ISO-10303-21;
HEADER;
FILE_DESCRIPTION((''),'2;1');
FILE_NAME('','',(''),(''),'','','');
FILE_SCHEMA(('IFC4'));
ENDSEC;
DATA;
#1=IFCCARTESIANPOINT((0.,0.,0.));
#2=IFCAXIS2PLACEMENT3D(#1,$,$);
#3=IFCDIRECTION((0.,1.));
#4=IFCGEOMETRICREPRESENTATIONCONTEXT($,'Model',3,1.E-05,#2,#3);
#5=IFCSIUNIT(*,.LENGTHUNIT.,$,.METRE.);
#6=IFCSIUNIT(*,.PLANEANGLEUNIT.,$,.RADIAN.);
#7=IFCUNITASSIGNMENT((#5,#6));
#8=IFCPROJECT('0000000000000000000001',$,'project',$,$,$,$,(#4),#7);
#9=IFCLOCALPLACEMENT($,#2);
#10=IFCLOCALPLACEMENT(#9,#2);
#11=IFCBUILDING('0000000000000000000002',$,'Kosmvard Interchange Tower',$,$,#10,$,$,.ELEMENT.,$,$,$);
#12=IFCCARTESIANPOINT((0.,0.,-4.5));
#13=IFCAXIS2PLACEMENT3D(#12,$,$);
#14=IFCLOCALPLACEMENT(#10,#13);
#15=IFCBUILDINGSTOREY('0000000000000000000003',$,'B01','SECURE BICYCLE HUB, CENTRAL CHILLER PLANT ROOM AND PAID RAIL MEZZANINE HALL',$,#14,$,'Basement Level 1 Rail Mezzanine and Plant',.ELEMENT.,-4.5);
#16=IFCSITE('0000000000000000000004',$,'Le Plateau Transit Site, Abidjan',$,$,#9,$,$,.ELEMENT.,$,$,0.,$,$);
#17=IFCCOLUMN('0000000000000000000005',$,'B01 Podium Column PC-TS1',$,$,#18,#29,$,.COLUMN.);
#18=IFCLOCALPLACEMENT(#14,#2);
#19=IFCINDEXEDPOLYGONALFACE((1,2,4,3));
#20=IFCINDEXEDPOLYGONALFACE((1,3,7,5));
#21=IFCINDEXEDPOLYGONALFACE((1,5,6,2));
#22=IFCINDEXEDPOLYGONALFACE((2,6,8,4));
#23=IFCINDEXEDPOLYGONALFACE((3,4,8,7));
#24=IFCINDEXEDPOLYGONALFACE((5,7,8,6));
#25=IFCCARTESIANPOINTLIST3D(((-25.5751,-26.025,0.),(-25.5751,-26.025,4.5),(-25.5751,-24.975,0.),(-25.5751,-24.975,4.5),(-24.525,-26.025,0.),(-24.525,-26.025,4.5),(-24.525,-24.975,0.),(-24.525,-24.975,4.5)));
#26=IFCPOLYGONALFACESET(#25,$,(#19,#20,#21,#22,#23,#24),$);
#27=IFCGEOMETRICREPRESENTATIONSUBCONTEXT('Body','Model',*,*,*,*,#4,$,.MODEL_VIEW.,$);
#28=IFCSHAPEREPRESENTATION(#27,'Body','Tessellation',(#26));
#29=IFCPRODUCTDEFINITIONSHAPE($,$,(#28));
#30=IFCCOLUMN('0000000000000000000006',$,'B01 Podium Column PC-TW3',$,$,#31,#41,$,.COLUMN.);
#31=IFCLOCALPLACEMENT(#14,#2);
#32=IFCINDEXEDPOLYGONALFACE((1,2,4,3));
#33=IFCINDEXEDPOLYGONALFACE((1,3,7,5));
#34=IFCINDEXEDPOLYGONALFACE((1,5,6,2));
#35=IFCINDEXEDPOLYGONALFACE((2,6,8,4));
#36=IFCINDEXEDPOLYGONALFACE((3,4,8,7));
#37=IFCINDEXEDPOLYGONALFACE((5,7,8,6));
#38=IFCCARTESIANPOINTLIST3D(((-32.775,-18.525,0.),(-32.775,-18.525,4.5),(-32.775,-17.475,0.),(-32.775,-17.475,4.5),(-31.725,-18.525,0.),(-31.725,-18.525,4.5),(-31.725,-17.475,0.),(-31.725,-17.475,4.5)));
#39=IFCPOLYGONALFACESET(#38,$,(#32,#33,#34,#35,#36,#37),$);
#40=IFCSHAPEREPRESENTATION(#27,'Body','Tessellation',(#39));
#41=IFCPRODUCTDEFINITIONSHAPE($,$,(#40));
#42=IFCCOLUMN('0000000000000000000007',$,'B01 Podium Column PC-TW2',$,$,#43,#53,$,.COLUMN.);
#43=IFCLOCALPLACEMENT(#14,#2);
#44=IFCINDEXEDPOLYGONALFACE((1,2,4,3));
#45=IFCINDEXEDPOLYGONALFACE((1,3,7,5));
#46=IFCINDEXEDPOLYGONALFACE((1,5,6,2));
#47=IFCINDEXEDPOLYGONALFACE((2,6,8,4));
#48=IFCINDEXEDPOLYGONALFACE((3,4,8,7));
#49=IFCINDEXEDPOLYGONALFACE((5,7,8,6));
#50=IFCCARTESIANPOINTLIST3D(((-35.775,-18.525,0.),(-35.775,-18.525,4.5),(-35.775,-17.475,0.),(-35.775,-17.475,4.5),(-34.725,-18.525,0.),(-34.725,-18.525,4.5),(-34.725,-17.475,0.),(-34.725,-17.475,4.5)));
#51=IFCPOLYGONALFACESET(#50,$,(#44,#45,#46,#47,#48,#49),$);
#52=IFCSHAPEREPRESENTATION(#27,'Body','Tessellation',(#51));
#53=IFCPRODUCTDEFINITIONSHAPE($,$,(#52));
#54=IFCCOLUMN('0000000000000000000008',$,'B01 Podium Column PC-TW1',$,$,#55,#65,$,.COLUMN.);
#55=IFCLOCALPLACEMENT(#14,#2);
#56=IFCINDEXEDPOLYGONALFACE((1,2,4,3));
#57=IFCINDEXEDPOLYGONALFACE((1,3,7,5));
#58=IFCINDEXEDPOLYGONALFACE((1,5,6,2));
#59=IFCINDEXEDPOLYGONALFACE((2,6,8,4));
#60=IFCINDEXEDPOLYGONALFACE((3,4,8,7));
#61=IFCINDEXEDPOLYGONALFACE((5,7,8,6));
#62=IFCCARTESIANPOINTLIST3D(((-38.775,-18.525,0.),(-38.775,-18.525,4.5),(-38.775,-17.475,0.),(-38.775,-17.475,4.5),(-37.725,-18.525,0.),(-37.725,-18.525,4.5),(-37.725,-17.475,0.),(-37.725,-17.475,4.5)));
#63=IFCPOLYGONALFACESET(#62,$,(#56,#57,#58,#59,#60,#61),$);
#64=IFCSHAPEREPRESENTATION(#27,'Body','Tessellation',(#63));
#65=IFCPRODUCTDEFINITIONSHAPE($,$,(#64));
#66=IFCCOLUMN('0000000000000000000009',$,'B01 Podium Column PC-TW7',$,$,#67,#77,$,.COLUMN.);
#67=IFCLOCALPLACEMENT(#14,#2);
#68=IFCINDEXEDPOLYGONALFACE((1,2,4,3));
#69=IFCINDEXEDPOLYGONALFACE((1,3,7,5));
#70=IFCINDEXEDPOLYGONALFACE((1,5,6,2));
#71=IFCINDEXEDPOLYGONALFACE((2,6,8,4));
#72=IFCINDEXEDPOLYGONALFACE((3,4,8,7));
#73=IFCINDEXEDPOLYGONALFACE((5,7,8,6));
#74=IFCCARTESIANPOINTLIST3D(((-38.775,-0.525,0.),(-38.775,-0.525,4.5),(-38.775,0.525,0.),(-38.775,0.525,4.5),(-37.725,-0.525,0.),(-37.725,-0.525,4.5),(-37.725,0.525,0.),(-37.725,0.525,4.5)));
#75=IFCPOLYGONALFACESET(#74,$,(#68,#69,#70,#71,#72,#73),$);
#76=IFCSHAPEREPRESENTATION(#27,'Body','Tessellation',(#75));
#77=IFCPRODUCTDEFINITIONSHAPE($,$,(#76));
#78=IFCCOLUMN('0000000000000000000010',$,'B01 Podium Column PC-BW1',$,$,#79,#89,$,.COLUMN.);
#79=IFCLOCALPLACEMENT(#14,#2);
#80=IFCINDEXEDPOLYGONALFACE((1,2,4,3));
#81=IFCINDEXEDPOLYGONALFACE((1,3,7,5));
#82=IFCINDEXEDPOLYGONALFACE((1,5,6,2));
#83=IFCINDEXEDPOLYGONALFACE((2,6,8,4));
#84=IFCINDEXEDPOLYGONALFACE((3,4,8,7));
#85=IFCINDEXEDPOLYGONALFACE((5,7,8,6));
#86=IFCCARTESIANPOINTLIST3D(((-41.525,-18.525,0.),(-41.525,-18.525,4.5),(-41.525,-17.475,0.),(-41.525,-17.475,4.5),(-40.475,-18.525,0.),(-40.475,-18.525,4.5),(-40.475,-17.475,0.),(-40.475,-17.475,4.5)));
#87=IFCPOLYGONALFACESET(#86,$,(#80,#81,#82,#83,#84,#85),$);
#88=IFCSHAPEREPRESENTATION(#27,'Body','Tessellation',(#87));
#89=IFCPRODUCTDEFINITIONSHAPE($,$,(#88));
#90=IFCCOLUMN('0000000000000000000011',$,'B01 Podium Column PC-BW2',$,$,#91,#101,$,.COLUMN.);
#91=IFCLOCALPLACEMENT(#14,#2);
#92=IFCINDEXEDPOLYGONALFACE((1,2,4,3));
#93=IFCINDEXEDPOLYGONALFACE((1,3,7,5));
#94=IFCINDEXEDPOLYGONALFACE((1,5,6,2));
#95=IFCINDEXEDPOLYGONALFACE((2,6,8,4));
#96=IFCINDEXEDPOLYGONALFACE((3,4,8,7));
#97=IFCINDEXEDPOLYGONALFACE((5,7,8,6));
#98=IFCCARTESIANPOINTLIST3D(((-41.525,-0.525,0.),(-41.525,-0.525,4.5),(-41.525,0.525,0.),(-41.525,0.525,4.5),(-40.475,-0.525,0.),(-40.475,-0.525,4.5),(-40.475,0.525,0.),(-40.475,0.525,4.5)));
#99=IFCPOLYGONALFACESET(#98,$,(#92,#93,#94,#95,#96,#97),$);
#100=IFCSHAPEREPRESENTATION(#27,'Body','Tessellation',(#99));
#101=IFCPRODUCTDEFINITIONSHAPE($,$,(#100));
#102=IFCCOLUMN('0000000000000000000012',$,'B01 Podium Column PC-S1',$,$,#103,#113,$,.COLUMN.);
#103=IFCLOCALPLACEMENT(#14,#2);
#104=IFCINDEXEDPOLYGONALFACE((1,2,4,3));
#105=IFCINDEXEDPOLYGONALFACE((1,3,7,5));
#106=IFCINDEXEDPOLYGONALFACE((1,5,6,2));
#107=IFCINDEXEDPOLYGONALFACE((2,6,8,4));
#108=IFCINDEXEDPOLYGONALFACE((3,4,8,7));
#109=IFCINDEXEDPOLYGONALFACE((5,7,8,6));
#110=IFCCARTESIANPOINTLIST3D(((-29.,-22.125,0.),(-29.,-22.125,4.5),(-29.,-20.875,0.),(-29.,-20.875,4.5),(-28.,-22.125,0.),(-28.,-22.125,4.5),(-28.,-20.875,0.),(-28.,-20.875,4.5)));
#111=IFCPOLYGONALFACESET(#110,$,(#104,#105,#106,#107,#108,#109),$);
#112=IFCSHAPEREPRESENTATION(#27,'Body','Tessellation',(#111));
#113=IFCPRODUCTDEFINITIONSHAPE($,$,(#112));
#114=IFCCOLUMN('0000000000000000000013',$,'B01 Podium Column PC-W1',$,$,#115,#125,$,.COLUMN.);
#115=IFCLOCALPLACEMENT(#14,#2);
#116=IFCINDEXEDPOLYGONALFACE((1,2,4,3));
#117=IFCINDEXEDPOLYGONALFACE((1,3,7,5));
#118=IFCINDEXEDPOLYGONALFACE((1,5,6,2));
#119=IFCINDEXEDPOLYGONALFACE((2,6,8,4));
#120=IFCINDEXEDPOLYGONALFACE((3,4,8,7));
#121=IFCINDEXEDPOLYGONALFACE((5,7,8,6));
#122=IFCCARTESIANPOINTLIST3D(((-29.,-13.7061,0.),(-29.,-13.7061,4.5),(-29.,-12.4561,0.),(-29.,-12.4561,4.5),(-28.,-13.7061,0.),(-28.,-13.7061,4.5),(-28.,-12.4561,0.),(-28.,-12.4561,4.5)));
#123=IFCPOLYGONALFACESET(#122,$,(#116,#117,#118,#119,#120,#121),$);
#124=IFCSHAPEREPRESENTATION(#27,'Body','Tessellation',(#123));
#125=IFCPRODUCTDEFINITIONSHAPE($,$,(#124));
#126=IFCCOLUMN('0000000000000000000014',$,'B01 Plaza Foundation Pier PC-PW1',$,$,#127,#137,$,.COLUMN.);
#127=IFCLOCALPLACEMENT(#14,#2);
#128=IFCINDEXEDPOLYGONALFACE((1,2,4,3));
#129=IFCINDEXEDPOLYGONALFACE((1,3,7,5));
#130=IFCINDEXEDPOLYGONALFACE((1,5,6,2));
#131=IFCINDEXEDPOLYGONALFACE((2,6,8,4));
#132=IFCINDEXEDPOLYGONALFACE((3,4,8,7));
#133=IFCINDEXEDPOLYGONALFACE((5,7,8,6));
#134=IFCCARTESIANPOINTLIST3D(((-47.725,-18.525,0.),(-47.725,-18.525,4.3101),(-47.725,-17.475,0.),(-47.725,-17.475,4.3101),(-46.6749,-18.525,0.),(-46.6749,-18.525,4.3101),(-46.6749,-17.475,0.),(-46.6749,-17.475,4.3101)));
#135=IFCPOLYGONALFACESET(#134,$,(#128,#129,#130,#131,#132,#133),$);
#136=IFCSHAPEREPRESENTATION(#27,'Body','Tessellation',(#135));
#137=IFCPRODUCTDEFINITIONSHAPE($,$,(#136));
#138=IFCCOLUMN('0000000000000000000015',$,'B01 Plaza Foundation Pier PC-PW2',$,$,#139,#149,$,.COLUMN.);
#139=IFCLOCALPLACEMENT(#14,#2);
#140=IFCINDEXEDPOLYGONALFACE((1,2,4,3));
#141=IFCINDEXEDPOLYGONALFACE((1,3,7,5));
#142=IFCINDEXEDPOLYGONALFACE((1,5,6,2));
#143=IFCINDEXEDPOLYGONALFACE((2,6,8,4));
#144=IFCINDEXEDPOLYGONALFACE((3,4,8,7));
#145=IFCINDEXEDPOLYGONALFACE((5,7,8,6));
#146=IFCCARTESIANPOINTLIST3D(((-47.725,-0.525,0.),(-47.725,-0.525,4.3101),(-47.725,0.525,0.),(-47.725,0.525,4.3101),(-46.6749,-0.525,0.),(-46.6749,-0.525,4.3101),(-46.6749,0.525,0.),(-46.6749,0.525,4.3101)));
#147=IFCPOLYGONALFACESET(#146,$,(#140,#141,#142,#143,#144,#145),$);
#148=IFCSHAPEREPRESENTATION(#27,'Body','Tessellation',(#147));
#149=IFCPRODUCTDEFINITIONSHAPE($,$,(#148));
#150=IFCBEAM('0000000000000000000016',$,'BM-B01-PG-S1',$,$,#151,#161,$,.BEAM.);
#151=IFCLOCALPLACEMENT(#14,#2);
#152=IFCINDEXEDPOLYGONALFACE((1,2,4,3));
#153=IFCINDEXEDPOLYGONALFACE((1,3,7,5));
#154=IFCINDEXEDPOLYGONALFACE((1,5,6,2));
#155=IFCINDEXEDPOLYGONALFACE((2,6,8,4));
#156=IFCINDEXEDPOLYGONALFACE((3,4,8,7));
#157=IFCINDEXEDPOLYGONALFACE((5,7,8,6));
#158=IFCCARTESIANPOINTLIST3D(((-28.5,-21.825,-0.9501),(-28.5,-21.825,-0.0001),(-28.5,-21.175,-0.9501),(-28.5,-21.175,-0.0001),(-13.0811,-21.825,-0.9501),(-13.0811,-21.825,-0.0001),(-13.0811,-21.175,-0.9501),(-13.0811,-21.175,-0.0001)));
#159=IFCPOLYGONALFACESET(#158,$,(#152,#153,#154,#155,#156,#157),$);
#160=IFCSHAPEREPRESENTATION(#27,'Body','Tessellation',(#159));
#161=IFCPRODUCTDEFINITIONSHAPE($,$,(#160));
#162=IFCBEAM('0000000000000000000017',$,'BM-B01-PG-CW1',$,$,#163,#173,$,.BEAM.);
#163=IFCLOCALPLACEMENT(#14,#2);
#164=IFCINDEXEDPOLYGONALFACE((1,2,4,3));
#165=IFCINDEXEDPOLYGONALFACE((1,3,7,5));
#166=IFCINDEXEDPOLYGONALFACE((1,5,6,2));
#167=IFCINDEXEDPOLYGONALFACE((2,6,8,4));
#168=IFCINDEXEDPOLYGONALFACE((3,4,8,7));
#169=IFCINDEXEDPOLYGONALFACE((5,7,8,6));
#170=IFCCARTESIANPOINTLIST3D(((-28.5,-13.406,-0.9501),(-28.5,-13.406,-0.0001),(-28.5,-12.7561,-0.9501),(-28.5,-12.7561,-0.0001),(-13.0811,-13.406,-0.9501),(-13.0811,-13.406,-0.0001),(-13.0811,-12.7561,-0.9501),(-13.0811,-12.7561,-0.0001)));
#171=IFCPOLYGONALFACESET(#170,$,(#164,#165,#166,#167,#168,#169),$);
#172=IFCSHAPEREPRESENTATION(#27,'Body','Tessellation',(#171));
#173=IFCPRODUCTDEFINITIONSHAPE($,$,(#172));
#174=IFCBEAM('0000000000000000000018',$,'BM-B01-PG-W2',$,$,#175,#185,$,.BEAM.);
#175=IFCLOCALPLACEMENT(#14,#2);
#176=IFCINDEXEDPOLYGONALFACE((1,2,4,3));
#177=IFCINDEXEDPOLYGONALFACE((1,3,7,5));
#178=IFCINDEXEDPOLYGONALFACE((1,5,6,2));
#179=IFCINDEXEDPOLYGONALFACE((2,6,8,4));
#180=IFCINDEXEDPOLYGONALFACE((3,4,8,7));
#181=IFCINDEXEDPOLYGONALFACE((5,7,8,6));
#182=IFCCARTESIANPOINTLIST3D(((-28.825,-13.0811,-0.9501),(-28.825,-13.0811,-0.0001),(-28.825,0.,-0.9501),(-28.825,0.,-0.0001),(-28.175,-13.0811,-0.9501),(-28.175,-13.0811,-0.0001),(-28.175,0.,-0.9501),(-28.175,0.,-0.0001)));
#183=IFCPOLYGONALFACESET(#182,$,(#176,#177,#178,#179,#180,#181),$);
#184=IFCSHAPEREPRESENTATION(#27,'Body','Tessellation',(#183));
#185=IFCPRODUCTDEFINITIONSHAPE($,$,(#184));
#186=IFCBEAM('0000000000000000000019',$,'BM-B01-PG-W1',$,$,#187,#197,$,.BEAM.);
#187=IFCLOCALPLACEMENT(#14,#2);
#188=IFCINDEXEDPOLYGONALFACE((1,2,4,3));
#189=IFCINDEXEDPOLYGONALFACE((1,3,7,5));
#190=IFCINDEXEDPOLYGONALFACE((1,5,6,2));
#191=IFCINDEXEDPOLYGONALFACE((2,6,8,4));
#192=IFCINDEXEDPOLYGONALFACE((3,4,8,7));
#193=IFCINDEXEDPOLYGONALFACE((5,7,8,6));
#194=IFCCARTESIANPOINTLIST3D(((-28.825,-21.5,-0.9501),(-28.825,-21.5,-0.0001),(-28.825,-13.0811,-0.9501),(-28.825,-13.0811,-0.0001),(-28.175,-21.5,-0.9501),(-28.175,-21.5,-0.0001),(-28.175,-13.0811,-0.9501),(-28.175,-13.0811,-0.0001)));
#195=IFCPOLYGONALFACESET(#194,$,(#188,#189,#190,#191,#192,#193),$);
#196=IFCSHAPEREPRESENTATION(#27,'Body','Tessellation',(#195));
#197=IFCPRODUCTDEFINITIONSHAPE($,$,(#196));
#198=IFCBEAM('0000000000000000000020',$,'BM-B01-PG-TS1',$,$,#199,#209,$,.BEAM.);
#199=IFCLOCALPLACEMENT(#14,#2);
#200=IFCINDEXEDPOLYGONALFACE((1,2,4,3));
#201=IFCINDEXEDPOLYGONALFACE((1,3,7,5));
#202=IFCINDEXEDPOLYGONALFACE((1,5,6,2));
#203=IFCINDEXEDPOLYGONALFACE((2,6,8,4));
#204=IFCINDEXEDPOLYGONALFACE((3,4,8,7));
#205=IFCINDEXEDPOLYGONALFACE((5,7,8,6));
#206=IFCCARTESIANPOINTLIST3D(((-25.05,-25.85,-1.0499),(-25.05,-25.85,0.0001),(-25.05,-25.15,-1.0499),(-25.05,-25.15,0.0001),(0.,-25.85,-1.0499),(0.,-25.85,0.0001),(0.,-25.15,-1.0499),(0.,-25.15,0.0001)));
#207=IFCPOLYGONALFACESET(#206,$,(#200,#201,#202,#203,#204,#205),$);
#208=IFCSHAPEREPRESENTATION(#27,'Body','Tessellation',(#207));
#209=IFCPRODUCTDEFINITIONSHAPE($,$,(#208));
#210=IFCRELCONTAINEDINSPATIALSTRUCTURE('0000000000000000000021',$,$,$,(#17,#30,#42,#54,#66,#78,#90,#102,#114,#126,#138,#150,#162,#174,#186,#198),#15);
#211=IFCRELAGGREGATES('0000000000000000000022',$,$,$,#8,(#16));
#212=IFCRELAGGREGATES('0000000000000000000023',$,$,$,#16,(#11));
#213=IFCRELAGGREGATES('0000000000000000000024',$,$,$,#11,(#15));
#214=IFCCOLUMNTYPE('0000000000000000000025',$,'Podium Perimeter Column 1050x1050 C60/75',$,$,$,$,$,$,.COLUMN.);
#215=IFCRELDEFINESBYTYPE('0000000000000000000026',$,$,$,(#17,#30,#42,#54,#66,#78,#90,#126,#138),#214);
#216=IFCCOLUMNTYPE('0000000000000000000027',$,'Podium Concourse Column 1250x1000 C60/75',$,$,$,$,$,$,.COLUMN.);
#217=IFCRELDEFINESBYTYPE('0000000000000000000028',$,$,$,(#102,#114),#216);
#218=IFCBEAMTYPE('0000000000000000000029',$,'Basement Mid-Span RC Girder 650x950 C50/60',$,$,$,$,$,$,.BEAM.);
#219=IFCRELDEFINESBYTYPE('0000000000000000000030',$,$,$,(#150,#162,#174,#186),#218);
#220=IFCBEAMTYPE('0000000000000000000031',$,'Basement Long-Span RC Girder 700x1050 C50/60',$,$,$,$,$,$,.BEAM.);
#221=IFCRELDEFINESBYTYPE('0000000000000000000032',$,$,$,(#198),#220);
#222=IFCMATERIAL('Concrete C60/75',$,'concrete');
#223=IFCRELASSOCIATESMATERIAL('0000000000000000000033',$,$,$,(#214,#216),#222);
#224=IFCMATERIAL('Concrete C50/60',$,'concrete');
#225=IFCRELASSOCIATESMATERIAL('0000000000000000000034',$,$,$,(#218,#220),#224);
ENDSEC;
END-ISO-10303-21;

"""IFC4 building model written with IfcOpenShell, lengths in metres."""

from ifc_helpers import new_model, si_unit, direction, frame, origin, origin_2d, place, context, subcontext, project, spatial, rectangle, extrude, source, transform, mapped, material, material_profile, profile_set, type_object, element, save


model = new_model("IFC4")

# Units and contexts
model_context = context("Model", 3, precision=1e-05, world=origin(), true_north=direction((0.0, 1.0)))
body_context = subcontext(model_context, "Body", "Model", "MODEL_VIEW")
ifc_project = project(units=[si_unit("LENGTHUNIT", "METRE"), si_unit("PLANEANGLEUNIT", "RADIAN")], contexts=[model_context])

# Site, building, storey
site_placement = place(None, origin())
site = spatial("IfcSite", under=ifc_project, at=site_placement, Name="Le Plateau Transit Site, Abidjan", CompositionType="ELEMENT", RefElevation=0.0)
building_placement = place(site_placement, origin())
building = spatial("IfcBuilding", under=site, at=building_placement, Name="Kosmvard Interchange Tower", CompositionType="ELEMENT")
storey_placement = place(building_placement, frame((0.0, 0.0, -4.5)))
storey = spatial("IfcBuildingStorey", under=building, at=storey_placement, Name="B01", Description="SECURE BICYCLE HUB, CENTRAL CHILLER PLANT ROOM AND PAID RAIL MEZZANINE HALL", LongName="Basement Level 1 Rail Mezzanine and Plant", CompositionType="ELEMENT", Elevation=-4.5)

# Columns
ifc_material_1 = material(Name="Concrete C60/75", Category="concrete")
ifc_material_profile_1 = material_profile(ifc_material_1, rectangle(XDim=1.05, YDim=1.05, at=origin_2d()), Name="PC 1050x1050")
ifc_profile_set_1 = profile_set([ifc_material_profile_1], Name="Concrete C60/75")
column_type_1 = type_object("IfcColumnType", Name="Podium Perimeter Column 1050x1050 C60/75", PredefinedType="COLUMN", material=ifc_profile_set_1)
shared_shape_1 = source(origin(), body_context, "Body", "SweptSolid", [
    extrude(rectangle(XDim=1.05, YDim=1.05, at=origin_2d()), origin(), (0.0, 0.0, 1.0), 4.5),
])
for number, where, z_axis, x_axis, name in (
    (1, (-25.05, -25.5, 0.0), (0.0, 0.0, 1.0), (1.0, 0.0, 0.0), "B01 Podium Column PC-TS1"),
    (2, (-32.25, -18.0, 0.0), (0.0, 0.0, 1.0), (1.0, 0.0, 0.0), "B01 Podium Column PC-TW3"),
    (3, (-35.25, -18.0, 0.0), (0.0, 0.0, 1.0), (1.0, 0.0, 0.0), "B01 Podium Column PC-TW2"),
    (4, (-38.25, -18.0, 0.0), (0.0, 0.0, 1.0), (1.0, 0.0, 0.0), "B01 Podium Column PC-TW1"),
    (5, (-38.25, 0.0, 0.0), (0.0, 0.0, 1.0), (1.0, 0.0, 0.0), "B01 Podium Column PC-TW7"),
    (6, (-41.0, -18.0, 0.0), (0.0, 0.0, 1.0), (1.0, 0.0, 0.0), "B01 Podium Column PC-BW1"),
    (7, (-41.0, 0.0, 0.0), (0.0, 0.0, 1.0), (1.0, 0.0, 0.0), "B01 Podium Column PC-BW2"),
):
    element("IfcColumn", number, at=place(storey_placement, frame(where, z_axis=z_axis, x_axis=x_axis)), inside=storey, type_object=column_type_1, Name=name, PredefinedType="COLUMN", context=body_context, shape_type="MappedRepresentation", body=[
        mapped(shared_shape_1, transform((0.0, 0.0, 0.0), scale=1.0)),
    ])
ifc_material_profile_2 = material_profile(ifc_material_1, rectangle(XDim=1.0, YDim=1.25, at=origin_2d()), Name="PC 1250x1000")
ifc_profile_set_2 = profile_set([ifc_material_profile_2], Name="Concrete C60/75")
column_type_2 = type_object("IfcColumnType", Name="Podium Concourse Column 1250x1000 C60/75", PredefinedType="COLUMN", material=ifc_profile_set_2)
shared_shape_2 = source(origin(), body_context, "Body", "SweptSolid", [
    extrude(rectangle(XDim=1.0, YDim=1.25, at=origin_2d()), origin(), (0.0, 0.0, 1.0), 4.5),
])
for number, where, z_axis, x_axis, name in (
    (8, (-28.5, -21.5, 0.0), (0.0, 0.0, 1.0), (1.0, 0.0, 0.0), "B01 Podium Column PC-S1"),
    (9, (-28.5, -13.0811, 0.0), (0.0, 0.0, 1.0), (1.0, 0.0, 0.0), "B01 Podium Column PC-W1"),
):
    element("IfcColumn", number, at=place(storey_placement, frame(where, z_axis=z_axis, x_axis=x_axis)), inside=storey, type_object=column_type_2, Name=name, PredefinedType="COLUMN", context=body_context, shape_type="MappedRepresentation", body=[
        mapped(shared_shape_2, transform((0.0, 0.0, 0.0), scale=1.0)),
    ])
shared_shape_3 = source(origin(), body_context, "Body", "SweptSolid", [
    extrude(rectangle(XDim=1.05, YDim=1.05, at=origin_2d()), origin(), (0.0, 0.0, 1.0), 4.3101),
])
for number, where, z_axis, x_axis, name in (
    (10, (-47.2, -18.0, 0.0), (0.0, 0.0, 1.0), (1.0, 0.0, 0.0), "B01 Plaza Foundation Pier PC-PW1"),
    (11, (-47.2, 0.0, 0.0), (0.0, 0.0, 1.0), (1.0, 0.0, 0.0), "B01 Plaza Foundation Pier PC-PW2"),
):
    element("IfcColumn", number, at=place(storey_placement, frame(where, z_axis=z_axis, x_axis=x_axis)), inside=storey, type_object=column_type_1, Name=name, PredefinedType="COLUMN", context=body_context, shape_type="MappedRepresentation", body=[
        mapped(shared_shape_3, transform((0.0, 0.0, 0.0), scale=1.0)),
    ])

# Beams
ifc_material_2 = material(Name="Concrete C50/60", Category="concrete")
ifc_material_profile_3 = material_profile(ifc_material_2, rectangle(XDim=0.6499, YDim=0.95, at=origin_2d()), Name="RCG 650x950")
ifc_profile_set_3 = profile_set([ifc_material_profile_3], Name="Concrete C50/60")
beam_type_1 = type_object("IfcBeamType", Name="Basement Mid-Span RC Girder 650x950 C50/60", PredefinedType="BEAM", material=ifc_profile_set_3)
shared_shape_4 = source(origin(), body_context, "Body", "SweptSolid", [
    extrude(rectangle(XDim=0.6499, YDim=0.95, at=origin_2d()), origin(), (0.0, 0.0, 1.0), 15.4189),
])
for number, where, z_axis, x_axis, name in (
    (12, (-28.5, -21.5, -0.4751), (1.0, 0.0, 0.0), (0.0, 1.0, 0.0), "BM-B01-PG-S1"),
    (13, (-28.5, -13.0811, -0.4751), (1.0, 0.0, 0.0), (0.0, 1.0, 0.0), "BM-B01-PG-CW1"),
):
    element("IfcBeam", number, at=place(storey_placement, frame(where, z_axis=z_axis, x_axis=x_axis)), inside=storey, type_object=beam_type_1, Name=name, PredefinedType="BEAM", context=body_context, shape_type="MappedRepresentation", body=[
        mapped(shared_shape_4, transform((0.0, 0.0, 0.0), scale=1.0)),
    ])
shared_shape_5 = source(origin(), body_context, "Body", "SweptSolid", [
    extrude(rectangle(XDim=0.6499, YDim=0.95, at=origin_2d()), origin(), (0.0, 0.0, 1.0), 13.0811),
])
beam_1_placement = place(storey_placement, frame((-28.5, -13.0811, -0.4751), z_axis=(0.0, 1.0, 0.0), x_axis=(-1.0, 0.0, 0.0)))
element("IfcBeam", 14, at=beam_1_placement, inside=storey, type_object=beam_type_1, Name="BM-B01-PG-W2", PredefinedType="BEAM", context=body_context, shape_type="MappedRepresentation", body=[
    mapped(shared_shape_5, transform((0.0, 0.0, 0.0), scale=1.0)),
])
shared_shape_6 = source(origin(), body_context, "Body", "SweptSolid", [
    extrude(rectangle(XDim=0.6499, YDim=0.95, at=origin_2d()), origin(), (0.0, 0.0, 1.0), 8.4189),
])
beam_2_placement = place(storey_placement, frame((-28.5, -21.5, -0.4751), z_axis=(0.0, 1.0, 0.0), x_axis=(-1.0, 0.0, 0.0)))
element("IfcBeam", 15, at=beam_2_placement, inside=storey, type_object=beam_type_1, Name="BM-B01-PG-W1", PredefinedType="BEAM", context=body_context, shape_type="MappedRepresentation", body=[
    mapped(shared_shape_6, transform((0.0, 0.0, 0.0), scale=1.0)),
])
ifc_material_profile_4 = material_profile(ifc_material_2, rectangle(XDim=0.7, YDim=1.05, at=origin_2d()), Name="RCG 700x1050")
ifc_profile_set_4 = profile_set([ifc_material_profile_4], Name="Concrete C50/60")
beam_type_2 = type_object("IfcBeamType", Name="Basement Long-Span RC Girder 700x1050 C50/60", PredefinedType="BEAM", material=ifc_profile_set_4)
shared_shape_7 = source(origin(), body_context, "Body", "SweptSolid", [
    extrude(rectangle(XDim=0.7, YDim=1.05, at=origin_2d()), origin(), (0.0, 0.0, 1.0), 25.05),
])
beam_3_placement = place(storey_placement, frame((-25.05, -25.5, -0.5249), z_axis=(1.0, 0.0, 0.0), x_axis=(0.0, 1.0, 0.0)))
element("IfcBeam", 16, at=beam_3_placement, inside=storey, type_object=beam_type_2, Name="BM-B01-PG-TS1", PredefinedType="BEAM", context=body_context, shape_type="MappedRepresentation", body=[
    mapped(shared_shape_7, transform((0.0, 0.0, 0.0), scale=1.0)),
])

save(model, "model.ifc")
